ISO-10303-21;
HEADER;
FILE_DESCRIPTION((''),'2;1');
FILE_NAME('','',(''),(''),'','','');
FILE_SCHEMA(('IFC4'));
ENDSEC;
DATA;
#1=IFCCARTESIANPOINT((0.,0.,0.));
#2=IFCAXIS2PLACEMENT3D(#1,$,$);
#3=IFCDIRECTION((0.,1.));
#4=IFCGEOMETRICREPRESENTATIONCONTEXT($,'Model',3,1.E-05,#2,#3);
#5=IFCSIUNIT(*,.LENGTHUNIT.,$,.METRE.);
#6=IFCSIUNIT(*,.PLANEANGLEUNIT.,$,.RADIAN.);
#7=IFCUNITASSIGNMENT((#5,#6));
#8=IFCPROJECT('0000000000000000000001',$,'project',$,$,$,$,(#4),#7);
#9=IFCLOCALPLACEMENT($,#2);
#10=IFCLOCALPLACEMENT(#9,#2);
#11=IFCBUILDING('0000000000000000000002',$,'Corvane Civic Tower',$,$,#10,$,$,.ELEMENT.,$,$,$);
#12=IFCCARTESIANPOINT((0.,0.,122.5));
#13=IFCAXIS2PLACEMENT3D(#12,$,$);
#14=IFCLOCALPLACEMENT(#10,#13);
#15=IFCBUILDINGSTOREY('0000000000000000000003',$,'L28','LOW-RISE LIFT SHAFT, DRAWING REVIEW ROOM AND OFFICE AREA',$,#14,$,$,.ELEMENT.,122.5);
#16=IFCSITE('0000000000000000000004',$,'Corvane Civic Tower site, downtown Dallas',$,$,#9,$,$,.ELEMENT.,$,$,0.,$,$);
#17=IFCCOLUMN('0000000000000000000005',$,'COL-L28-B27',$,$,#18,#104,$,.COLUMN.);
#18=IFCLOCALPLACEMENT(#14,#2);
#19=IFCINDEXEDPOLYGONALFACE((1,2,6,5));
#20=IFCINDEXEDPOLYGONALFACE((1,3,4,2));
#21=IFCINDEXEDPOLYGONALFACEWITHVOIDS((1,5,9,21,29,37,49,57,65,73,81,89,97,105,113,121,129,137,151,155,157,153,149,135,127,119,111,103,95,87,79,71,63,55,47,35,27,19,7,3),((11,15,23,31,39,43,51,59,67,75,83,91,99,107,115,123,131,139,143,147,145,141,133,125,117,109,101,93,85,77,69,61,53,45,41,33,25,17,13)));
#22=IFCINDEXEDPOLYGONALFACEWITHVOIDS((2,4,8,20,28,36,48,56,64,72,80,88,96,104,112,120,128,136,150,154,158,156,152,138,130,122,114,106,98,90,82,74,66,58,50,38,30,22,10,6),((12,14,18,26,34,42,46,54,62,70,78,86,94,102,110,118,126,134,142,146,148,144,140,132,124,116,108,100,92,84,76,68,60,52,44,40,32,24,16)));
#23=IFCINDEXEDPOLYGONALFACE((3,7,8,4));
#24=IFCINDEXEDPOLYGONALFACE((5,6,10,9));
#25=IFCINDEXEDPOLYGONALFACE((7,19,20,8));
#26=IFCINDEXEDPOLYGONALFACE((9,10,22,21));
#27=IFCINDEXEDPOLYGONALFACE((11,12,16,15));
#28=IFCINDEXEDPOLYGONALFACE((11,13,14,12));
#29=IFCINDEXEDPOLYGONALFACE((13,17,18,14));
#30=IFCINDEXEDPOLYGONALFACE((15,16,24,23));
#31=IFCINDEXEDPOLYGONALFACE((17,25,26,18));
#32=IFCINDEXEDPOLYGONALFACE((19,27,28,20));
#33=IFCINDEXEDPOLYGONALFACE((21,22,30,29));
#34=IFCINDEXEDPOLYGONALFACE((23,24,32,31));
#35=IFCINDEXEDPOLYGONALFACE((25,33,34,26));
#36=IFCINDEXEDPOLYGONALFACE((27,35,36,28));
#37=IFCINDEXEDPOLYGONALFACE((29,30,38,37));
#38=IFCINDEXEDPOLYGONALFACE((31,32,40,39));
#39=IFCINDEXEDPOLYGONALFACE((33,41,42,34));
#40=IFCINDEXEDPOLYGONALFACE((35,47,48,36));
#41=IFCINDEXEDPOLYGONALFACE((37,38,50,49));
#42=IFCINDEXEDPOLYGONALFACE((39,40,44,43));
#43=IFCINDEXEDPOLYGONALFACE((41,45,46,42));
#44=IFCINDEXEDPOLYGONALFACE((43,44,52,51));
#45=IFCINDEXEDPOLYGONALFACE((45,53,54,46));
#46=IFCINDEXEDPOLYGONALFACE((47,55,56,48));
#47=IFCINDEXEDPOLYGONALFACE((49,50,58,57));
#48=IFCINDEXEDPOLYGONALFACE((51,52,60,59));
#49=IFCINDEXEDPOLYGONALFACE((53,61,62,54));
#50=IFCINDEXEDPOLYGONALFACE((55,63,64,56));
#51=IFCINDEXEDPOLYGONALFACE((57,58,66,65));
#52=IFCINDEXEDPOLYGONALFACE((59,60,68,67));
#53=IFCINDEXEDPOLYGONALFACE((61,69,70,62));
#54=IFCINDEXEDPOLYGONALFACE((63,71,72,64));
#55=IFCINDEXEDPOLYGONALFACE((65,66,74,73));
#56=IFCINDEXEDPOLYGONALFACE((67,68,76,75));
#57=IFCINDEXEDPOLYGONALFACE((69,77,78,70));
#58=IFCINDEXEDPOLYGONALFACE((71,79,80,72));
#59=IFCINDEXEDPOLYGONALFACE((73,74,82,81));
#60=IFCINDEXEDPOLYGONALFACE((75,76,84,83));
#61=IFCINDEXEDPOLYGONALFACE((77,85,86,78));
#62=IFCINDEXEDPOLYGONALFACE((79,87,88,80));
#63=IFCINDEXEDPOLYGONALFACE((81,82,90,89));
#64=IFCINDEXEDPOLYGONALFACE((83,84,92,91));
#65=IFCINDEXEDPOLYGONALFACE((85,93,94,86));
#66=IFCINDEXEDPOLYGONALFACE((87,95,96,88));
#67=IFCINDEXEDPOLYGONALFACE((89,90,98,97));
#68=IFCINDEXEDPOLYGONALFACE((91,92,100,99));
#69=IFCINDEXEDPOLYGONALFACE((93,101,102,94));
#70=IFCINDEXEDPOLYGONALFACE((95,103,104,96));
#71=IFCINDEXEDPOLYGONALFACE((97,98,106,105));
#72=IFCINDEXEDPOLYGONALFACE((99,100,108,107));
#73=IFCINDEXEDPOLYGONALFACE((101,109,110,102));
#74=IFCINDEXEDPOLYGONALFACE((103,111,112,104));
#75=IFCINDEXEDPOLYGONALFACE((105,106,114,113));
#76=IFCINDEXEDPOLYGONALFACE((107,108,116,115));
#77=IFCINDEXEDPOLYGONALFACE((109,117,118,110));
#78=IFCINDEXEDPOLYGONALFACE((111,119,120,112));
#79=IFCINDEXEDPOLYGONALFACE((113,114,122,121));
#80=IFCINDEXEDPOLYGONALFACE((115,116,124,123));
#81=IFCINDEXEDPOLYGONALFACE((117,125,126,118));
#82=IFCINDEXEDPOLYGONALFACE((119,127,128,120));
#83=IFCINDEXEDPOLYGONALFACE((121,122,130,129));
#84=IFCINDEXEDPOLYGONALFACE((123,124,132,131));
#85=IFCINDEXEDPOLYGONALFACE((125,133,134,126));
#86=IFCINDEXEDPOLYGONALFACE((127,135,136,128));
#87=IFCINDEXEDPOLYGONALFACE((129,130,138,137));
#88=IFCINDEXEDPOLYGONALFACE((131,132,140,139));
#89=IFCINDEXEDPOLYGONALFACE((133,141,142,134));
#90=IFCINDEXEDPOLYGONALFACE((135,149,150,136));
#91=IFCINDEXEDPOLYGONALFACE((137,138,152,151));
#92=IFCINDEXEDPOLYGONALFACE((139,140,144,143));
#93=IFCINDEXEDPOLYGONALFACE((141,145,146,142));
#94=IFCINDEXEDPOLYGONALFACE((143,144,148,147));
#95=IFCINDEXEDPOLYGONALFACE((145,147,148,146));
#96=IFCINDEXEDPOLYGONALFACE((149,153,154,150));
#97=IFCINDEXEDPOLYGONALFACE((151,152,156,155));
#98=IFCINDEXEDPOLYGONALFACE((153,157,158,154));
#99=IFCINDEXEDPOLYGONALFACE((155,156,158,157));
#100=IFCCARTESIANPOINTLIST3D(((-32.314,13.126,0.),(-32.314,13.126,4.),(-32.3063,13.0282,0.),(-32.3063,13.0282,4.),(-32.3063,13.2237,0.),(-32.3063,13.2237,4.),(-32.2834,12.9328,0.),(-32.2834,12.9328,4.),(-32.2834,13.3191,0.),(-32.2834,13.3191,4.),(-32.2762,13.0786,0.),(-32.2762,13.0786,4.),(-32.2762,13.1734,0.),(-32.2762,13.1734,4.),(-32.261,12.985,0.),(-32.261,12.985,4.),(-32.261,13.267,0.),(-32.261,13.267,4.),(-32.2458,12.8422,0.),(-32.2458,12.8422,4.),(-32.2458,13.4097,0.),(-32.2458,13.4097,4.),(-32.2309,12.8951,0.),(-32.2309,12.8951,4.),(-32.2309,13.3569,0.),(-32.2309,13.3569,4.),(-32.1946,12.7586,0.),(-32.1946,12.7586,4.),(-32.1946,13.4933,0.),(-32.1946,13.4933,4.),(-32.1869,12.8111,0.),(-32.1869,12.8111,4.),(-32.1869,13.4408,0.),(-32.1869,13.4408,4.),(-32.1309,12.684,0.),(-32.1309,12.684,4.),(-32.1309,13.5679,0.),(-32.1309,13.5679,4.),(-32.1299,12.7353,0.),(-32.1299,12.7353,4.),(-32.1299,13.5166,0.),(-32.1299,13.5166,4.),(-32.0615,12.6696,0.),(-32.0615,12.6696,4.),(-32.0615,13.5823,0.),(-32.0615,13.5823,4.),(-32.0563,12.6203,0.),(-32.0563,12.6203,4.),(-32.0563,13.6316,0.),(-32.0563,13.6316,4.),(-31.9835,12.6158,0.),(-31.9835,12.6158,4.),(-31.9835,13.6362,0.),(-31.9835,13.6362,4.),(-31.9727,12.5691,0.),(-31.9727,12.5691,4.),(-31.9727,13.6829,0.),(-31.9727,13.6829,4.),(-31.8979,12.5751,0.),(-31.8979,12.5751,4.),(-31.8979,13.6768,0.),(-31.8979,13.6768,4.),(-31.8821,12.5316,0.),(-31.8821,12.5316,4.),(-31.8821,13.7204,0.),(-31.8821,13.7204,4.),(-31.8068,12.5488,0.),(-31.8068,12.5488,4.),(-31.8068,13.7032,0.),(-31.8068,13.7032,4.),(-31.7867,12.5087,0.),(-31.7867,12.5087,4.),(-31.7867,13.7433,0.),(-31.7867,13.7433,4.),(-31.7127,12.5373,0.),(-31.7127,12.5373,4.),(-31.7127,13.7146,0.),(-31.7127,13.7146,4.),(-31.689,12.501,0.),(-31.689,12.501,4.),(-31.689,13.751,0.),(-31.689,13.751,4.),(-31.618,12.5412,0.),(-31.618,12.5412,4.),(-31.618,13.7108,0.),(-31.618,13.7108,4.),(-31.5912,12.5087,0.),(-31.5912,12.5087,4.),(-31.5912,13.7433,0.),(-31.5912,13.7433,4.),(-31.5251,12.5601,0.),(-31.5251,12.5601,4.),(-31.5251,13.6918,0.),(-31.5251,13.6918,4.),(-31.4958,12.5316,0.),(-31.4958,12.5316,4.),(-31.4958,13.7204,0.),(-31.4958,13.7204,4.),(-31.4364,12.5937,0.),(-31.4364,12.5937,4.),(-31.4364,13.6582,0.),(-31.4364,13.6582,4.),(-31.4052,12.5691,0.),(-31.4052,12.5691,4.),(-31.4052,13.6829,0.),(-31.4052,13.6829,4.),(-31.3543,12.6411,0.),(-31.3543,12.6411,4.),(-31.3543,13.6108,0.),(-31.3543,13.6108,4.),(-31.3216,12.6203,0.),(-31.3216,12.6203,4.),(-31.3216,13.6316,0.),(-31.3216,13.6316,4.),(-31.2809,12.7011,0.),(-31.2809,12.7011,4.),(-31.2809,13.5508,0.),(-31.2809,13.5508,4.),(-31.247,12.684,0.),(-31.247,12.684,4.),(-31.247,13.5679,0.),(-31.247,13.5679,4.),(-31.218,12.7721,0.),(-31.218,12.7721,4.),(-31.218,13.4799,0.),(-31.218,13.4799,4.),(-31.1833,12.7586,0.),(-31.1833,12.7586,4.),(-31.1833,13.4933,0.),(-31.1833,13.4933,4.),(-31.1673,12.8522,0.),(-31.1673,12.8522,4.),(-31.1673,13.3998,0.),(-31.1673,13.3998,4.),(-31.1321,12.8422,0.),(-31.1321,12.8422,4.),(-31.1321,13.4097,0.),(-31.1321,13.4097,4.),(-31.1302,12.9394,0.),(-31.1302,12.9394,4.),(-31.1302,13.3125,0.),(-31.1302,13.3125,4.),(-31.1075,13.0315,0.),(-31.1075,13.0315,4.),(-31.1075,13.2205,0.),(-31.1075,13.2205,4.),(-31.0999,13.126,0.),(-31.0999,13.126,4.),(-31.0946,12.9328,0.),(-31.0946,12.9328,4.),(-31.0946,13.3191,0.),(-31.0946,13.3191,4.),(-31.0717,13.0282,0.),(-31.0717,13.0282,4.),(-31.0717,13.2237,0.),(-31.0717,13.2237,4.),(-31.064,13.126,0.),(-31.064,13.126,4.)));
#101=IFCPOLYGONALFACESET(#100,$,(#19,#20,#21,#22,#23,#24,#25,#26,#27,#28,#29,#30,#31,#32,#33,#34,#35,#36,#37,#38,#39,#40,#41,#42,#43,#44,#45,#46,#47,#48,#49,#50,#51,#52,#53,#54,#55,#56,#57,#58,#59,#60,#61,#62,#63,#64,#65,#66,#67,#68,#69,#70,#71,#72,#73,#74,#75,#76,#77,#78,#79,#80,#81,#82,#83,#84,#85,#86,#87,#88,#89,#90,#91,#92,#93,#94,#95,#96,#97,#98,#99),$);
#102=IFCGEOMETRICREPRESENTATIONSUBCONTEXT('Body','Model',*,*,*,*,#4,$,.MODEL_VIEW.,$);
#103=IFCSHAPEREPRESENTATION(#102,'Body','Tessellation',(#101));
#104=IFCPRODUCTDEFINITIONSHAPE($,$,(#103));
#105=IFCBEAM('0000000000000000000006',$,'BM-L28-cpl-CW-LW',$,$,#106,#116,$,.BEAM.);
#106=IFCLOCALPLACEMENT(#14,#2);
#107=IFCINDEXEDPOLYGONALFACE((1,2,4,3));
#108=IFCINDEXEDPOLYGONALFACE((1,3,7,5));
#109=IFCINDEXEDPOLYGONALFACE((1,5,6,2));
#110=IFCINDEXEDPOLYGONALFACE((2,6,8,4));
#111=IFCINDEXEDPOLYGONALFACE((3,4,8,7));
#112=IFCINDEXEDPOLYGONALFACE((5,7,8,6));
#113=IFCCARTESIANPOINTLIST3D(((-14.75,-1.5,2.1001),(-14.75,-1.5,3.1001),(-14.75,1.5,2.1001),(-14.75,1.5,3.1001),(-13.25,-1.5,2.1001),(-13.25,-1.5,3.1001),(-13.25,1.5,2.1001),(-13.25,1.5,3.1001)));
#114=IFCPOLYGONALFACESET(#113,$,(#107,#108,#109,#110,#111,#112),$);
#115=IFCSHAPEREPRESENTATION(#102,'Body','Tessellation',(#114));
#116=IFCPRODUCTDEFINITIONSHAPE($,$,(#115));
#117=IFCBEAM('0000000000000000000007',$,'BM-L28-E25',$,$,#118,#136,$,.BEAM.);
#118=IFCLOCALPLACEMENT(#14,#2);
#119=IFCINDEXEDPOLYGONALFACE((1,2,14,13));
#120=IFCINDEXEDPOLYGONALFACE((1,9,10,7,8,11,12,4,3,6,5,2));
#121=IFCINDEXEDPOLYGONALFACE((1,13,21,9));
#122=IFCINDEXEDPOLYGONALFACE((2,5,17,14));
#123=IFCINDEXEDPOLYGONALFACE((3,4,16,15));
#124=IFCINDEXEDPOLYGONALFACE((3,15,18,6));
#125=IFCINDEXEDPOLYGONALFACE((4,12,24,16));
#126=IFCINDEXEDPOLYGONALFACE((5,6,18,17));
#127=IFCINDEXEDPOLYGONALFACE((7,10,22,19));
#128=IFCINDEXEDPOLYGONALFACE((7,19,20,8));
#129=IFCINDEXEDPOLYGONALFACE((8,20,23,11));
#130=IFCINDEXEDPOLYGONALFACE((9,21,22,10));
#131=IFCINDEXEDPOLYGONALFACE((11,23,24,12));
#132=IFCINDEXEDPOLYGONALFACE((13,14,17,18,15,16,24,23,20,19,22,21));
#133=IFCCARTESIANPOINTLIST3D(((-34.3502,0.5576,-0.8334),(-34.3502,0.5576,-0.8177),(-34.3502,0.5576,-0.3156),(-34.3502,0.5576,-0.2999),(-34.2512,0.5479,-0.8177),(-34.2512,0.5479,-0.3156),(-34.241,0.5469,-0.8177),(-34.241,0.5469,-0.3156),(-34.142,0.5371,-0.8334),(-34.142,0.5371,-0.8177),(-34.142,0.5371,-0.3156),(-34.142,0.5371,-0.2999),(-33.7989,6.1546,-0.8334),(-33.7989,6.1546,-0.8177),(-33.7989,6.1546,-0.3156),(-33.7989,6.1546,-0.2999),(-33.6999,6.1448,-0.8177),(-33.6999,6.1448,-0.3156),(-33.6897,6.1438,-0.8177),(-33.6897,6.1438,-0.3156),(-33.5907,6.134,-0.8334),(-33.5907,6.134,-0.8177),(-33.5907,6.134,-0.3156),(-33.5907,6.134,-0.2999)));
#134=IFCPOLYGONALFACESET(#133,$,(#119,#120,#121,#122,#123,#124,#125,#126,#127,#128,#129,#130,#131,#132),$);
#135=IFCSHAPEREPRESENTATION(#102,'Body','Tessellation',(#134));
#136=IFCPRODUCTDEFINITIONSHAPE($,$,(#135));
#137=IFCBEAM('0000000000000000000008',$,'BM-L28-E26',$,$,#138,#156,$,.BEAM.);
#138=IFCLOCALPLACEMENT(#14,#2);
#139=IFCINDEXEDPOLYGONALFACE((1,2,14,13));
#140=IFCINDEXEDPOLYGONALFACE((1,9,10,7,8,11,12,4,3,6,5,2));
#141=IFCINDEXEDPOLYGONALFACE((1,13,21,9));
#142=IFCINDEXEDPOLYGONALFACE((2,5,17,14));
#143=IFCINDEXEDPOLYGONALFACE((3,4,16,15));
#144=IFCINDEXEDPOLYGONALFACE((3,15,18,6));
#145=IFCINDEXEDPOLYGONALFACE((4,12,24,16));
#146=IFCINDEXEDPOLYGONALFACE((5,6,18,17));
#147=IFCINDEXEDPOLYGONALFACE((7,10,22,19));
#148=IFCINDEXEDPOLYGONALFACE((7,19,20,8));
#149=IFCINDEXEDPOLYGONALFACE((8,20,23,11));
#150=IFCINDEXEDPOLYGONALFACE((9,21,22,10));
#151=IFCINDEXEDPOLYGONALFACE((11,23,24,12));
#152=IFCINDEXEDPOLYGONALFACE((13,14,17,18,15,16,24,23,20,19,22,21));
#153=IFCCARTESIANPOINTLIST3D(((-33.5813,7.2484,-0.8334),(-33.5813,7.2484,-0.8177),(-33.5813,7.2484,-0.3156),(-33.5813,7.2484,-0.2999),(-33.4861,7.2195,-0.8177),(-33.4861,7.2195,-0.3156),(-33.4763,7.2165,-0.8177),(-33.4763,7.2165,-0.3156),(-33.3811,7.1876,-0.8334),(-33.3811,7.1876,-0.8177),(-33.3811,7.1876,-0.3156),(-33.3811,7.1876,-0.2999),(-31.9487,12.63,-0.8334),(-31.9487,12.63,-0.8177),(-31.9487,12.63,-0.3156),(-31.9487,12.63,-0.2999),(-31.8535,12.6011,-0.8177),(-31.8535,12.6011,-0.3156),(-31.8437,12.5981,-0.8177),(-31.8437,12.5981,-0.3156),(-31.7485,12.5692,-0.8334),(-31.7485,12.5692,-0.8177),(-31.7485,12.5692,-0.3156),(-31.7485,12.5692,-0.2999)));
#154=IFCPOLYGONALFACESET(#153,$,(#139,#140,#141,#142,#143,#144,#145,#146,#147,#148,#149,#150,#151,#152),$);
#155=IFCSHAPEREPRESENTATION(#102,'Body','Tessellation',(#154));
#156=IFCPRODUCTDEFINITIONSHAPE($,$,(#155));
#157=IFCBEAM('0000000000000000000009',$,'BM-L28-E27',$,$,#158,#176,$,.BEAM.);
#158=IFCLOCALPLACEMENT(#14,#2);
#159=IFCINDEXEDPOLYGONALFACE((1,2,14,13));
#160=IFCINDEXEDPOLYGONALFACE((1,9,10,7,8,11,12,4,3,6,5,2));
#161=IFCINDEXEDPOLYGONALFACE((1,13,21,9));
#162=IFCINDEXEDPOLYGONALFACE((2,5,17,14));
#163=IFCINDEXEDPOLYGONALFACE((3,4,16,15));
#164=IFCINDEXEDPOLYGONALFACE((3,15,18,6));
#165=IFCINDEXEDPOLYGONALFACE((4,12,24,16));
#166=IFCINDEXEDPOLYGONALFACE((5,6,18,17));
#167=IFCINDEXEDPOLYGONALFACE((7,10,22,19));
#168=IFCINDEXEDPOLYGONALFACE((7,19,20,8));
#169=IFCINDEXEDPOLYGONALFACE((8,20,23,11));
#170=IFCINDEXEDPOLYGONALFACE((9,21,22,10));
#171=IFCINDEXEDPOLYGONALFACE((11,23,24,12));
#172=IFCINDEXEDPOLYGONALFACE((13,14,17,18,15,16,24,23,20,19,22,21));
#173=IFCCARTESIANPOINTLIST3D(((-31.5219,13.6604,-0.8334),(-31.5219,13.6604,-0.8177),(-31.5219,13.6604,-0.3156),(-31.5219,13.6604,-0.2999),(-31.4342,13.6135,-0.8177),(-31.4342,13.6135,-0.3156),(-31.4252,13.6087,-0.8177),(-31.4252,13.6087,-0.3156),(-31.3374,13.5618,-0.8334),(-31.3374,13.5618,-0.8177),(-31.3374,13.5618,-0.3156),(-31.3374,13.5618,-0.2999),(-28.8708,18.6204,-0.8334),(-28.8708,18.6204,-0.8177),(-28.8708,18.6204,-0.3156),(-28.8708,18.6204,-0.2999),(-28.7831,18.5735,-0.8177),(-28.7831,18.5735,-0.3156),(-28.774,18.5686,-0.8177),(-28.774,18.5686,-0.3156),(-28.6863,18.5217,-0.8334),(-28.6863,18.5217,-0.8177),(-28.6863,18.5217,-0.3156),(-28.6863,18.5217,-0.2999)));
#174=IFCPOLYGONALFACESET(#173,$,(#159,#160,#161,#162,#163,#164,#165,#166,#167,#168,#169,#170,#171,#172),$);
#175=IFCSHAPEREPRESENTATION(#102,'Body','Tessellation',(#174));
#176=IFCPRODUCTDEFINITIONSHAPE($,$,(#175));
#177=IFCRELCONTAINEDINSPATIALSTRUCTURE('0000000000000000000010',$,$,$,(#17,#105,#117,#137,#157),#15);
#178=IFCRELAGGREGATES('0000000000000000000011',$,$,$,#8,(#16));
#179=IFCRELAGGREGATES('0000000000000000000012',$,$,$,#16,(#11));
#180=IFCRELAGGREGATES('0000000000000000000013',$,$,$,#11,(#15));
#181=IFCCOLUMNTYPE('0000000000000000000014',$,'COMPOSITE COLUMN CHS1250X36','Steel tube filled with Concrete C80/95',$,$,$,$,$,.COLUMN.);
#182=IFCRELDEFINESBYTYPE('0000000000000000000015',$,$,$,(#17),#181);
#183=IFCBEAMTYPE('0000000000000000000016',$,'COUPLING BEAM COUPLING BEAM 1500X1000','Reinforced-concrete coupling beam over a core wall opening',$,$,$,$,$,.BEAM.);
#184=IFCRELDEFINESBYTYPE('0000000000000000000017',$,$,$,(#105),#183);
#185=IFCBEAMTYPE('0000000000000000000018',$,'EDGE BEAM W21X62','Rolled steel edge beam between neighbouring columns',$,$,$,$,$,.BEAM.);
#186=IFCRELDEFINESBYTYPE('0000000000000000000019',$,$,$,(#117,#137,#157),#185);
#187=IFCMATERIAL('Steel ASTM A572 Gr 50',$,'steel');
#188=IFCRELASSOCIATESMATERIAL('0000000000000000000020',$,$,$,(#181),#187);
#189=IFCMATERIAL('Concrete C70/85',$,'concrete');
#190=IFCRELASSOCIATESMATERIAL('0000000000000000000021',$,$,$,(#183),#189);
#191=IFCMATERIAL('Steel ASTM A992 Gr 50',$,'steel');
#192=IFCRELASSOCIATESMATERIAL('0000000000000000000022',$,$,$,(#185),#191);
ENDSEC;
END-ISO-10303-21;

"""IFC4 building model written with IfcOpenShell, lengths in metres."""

from ifc_helpers import new_model, si_unit, direction, frame, origin, origin_2d, place, context, subcontext, project, spatial, rectangle, hollow_circle, i_section, extrude, material, material_profile, profile_set, type_object, element, save


model = new_model("IFC4")

# Units and contexts
model_context = context("Model", 3, precision=1e-05, world=origin(), true_north=direction((0.0, 1.0)))
body_context = subcontext(model_context, "Body", "Model", "MODEL_VIEW")
ifc_project = project(units=[si_unit("LENGTHUNIT", "METRE"), si_unit("PLANEANGLEUNIT", "RADIAN")], contexts=[model_context])

# Site, building, storey
site_placement = place(None, origin())
site = spatial("IfcSite", under=ifc_project, at=site_placement, Name="Corvane Civic Tower site, downtown Dallas", CompositionType="ELEMENT", RefElevation=0.0)
building_placement = place(site_placement, origin())
building = spatial("IfcBuilding", under=site, at=building_placement, Name="Corvane Civic Tower", CompositionType="ELEMENT")
storey_placement = place(building_placement, frame((0.0, 0.0, 122.5)))
storey = spatial("IfcBuildingStorey", under=building, at=storey_placement, Name="L28", Description="LOW-RISE LIFT SHAFT, DRAWING REVIEW ROOM AND OFFICE AREA", CompositionType="ELEMENT", Elevation=122.5)

# Column
ifc_material_1 = material(Name="Steel ASTM A572 Gr 50", Category="steel")
ifc_material_profile_1 = material_profile(ifc_material_1, hollow_circle(Radius=0.625, WallThickness=0.0359, at=origin_2d()), Name="CHS1250X36")
ifc_profile_set_1 = profile_set([ifc_material_profile_1], Name="Steel ASTM A572 Gr 50")
column_type = type_object("IfcColumnType", Name="COMPOSITE COLUMN CHS1250X36", Description="Steel tube filled with Concrete C80/95", PredefinedType="COLUMN", material=ifc_profile_set_1)
for number, where, z_axis, x_axis, name in (
    (1, (-31.689, 13.126, 0.0), (0.0, 0.0, 1.0), (1.0, 0.0, 0.0), "COL-L28-B27"),
):
    element("IfcColumn", number, at=place(storey_placement, frame(where, z_axis=z_axis, x_axis=x_axis)), inside=storey, type_object=column_type, Name=name, PredefinedType="COLUMN", context=body_context, shape_type="SweptSolid", body=[
        extrude(hollow_circle(Radius=0.625, WallThickness=0.0359, at=origin_2d()), origin(), (0.0, 0.0, 1.0), 4.0),
    ])

# Beams
ifc_material_2 = material(Name="Concrete C70/85", Category="concrete")
ifc_material_profile_2 = material_profile(ifc_material_2, rectangle(XDim=1.5, YDim=1.0, at=origin_2d()), Name="COUPLING BEAM 1500X1000")
ifc_profile_set_2 = profile_set([ifc_material_profile_2], Name="Concrete C70/85")
beam_type_1 = type_object("IfcBeamType", Name="COUPLING BEAM COUPLING BEAM 1500X1000", Description="Reinforced-concrete coupling beam over a core wall opening", PredefinedType="BEAM", material=ifc_profile_set_2)
beam_1_placement = place(storey_placement, frame((-14.0, -1.5, 2.6001), z_axis=(0.0, 1.0, 0.0), x_axis=(-1.0, 0.0, 0.0)))
element("IfcBeam", 2, at=beam_1_placement, inside=storey, type_object=beam_type_1, Name="BM-L28-cpl-CW-LW", PredefinedType="BEAM", context=body_context, shape_type="SweptSolid", body=[
    extrude(rectangle(XDim=1.5, YDim=1.0, at=origin_2d()), origin(), (0.0, 0.0, 1.0), 3.0),
])
ifc_material_3 = material(Name="Steel ASTM A992 Gr 50", Category="steel")
ifc_material_profile_3 = material_profile(ifc_material_3, i_section(OverallWidth=0.2092, OverallDepth=0.5334, WebThickness=0.0103, FlangeThickness=0.0156, at=origin_2d()), Name="W21X62")
ifc_profile_set_3 = profile_set([ifc_material_profile_3], Name="Steel ASTM A992 Gr 50")
beam_type_2 = type_object("IfcBeamType", Name="EDGE BEAM W21X62", Description="Rolled steel edge beam between neighbouring columns", PredefinedType="BEAM", material=ifc_profile_set_3)
beam_2_placement = place(storey_placement, frame((-34.2461, 0.5474, -0.5667), z_axis=(0.098021, 0.995184, 0.0), x_axis=(-0.995184, 0.098021, 0.0)))
element("IfcBeam", 3, at=beam_2_placement, inside=storey, type_object=beam_type_2, Name="BM-L28-E25", PredefinedType="BEAM", context=body_context, shape_type="SweptSolid", body=[
    extrude(i_section(OverallWidth=0.2092, OverallDepth=0.5334, WebThickness=0.0103, FlangeThickness=0.0156, at=origin_2d()), origin(), (0.0, 0.0, 1.0), 5.624),
])
beam_3_placement = place(storey_placement, frame((-33.4812, 7.218, -0.5667), z_axis=(0.290298, 0.956936, 0.0), x_axis=(-0.956936, 0.290298, 0.0)))
element("IfcBeam", 4, at=beam_3_placement, inside=storey, type_object=beam_type_2, Name="BM-L28-E26", PredefinedType="BEAM", context=body_context, shape_type="SweptSolid", body=[
    extrude(i_section(OverallWidth=0.2092, OverallDepth=0.5334, WebThickness=0.0103, FlangeThickness=0.0156, at=origin_2d()), origin(), (0.0, 0.0, 1.0), 5.6238),
])
beam_4_placement = place(storey_placement, frame((-31.4297, 13.6111, -0.5667), z_axis=(0.471392, 0.881924, 0.0), x_axis=(-0.881924, 0.471392, 0.0)))
element("IfcBeam", 5, at=beam_4_placement, inside=storey, type_object=beam_type_2, Name="BM-L28-E27", PredefinedType="BEAM", context=body_context, shape_type="SweptSolid", body=[
    extrude(i_section(OverallWidth=0.2092, OverallDepth=0.5334, WebThickness=0.0103, FlangeThickness=0.0156, at=origin_2d()), origin(), (0.0, 0.0, 1.0), 5.624),
])

save(model, "model.ifc")
